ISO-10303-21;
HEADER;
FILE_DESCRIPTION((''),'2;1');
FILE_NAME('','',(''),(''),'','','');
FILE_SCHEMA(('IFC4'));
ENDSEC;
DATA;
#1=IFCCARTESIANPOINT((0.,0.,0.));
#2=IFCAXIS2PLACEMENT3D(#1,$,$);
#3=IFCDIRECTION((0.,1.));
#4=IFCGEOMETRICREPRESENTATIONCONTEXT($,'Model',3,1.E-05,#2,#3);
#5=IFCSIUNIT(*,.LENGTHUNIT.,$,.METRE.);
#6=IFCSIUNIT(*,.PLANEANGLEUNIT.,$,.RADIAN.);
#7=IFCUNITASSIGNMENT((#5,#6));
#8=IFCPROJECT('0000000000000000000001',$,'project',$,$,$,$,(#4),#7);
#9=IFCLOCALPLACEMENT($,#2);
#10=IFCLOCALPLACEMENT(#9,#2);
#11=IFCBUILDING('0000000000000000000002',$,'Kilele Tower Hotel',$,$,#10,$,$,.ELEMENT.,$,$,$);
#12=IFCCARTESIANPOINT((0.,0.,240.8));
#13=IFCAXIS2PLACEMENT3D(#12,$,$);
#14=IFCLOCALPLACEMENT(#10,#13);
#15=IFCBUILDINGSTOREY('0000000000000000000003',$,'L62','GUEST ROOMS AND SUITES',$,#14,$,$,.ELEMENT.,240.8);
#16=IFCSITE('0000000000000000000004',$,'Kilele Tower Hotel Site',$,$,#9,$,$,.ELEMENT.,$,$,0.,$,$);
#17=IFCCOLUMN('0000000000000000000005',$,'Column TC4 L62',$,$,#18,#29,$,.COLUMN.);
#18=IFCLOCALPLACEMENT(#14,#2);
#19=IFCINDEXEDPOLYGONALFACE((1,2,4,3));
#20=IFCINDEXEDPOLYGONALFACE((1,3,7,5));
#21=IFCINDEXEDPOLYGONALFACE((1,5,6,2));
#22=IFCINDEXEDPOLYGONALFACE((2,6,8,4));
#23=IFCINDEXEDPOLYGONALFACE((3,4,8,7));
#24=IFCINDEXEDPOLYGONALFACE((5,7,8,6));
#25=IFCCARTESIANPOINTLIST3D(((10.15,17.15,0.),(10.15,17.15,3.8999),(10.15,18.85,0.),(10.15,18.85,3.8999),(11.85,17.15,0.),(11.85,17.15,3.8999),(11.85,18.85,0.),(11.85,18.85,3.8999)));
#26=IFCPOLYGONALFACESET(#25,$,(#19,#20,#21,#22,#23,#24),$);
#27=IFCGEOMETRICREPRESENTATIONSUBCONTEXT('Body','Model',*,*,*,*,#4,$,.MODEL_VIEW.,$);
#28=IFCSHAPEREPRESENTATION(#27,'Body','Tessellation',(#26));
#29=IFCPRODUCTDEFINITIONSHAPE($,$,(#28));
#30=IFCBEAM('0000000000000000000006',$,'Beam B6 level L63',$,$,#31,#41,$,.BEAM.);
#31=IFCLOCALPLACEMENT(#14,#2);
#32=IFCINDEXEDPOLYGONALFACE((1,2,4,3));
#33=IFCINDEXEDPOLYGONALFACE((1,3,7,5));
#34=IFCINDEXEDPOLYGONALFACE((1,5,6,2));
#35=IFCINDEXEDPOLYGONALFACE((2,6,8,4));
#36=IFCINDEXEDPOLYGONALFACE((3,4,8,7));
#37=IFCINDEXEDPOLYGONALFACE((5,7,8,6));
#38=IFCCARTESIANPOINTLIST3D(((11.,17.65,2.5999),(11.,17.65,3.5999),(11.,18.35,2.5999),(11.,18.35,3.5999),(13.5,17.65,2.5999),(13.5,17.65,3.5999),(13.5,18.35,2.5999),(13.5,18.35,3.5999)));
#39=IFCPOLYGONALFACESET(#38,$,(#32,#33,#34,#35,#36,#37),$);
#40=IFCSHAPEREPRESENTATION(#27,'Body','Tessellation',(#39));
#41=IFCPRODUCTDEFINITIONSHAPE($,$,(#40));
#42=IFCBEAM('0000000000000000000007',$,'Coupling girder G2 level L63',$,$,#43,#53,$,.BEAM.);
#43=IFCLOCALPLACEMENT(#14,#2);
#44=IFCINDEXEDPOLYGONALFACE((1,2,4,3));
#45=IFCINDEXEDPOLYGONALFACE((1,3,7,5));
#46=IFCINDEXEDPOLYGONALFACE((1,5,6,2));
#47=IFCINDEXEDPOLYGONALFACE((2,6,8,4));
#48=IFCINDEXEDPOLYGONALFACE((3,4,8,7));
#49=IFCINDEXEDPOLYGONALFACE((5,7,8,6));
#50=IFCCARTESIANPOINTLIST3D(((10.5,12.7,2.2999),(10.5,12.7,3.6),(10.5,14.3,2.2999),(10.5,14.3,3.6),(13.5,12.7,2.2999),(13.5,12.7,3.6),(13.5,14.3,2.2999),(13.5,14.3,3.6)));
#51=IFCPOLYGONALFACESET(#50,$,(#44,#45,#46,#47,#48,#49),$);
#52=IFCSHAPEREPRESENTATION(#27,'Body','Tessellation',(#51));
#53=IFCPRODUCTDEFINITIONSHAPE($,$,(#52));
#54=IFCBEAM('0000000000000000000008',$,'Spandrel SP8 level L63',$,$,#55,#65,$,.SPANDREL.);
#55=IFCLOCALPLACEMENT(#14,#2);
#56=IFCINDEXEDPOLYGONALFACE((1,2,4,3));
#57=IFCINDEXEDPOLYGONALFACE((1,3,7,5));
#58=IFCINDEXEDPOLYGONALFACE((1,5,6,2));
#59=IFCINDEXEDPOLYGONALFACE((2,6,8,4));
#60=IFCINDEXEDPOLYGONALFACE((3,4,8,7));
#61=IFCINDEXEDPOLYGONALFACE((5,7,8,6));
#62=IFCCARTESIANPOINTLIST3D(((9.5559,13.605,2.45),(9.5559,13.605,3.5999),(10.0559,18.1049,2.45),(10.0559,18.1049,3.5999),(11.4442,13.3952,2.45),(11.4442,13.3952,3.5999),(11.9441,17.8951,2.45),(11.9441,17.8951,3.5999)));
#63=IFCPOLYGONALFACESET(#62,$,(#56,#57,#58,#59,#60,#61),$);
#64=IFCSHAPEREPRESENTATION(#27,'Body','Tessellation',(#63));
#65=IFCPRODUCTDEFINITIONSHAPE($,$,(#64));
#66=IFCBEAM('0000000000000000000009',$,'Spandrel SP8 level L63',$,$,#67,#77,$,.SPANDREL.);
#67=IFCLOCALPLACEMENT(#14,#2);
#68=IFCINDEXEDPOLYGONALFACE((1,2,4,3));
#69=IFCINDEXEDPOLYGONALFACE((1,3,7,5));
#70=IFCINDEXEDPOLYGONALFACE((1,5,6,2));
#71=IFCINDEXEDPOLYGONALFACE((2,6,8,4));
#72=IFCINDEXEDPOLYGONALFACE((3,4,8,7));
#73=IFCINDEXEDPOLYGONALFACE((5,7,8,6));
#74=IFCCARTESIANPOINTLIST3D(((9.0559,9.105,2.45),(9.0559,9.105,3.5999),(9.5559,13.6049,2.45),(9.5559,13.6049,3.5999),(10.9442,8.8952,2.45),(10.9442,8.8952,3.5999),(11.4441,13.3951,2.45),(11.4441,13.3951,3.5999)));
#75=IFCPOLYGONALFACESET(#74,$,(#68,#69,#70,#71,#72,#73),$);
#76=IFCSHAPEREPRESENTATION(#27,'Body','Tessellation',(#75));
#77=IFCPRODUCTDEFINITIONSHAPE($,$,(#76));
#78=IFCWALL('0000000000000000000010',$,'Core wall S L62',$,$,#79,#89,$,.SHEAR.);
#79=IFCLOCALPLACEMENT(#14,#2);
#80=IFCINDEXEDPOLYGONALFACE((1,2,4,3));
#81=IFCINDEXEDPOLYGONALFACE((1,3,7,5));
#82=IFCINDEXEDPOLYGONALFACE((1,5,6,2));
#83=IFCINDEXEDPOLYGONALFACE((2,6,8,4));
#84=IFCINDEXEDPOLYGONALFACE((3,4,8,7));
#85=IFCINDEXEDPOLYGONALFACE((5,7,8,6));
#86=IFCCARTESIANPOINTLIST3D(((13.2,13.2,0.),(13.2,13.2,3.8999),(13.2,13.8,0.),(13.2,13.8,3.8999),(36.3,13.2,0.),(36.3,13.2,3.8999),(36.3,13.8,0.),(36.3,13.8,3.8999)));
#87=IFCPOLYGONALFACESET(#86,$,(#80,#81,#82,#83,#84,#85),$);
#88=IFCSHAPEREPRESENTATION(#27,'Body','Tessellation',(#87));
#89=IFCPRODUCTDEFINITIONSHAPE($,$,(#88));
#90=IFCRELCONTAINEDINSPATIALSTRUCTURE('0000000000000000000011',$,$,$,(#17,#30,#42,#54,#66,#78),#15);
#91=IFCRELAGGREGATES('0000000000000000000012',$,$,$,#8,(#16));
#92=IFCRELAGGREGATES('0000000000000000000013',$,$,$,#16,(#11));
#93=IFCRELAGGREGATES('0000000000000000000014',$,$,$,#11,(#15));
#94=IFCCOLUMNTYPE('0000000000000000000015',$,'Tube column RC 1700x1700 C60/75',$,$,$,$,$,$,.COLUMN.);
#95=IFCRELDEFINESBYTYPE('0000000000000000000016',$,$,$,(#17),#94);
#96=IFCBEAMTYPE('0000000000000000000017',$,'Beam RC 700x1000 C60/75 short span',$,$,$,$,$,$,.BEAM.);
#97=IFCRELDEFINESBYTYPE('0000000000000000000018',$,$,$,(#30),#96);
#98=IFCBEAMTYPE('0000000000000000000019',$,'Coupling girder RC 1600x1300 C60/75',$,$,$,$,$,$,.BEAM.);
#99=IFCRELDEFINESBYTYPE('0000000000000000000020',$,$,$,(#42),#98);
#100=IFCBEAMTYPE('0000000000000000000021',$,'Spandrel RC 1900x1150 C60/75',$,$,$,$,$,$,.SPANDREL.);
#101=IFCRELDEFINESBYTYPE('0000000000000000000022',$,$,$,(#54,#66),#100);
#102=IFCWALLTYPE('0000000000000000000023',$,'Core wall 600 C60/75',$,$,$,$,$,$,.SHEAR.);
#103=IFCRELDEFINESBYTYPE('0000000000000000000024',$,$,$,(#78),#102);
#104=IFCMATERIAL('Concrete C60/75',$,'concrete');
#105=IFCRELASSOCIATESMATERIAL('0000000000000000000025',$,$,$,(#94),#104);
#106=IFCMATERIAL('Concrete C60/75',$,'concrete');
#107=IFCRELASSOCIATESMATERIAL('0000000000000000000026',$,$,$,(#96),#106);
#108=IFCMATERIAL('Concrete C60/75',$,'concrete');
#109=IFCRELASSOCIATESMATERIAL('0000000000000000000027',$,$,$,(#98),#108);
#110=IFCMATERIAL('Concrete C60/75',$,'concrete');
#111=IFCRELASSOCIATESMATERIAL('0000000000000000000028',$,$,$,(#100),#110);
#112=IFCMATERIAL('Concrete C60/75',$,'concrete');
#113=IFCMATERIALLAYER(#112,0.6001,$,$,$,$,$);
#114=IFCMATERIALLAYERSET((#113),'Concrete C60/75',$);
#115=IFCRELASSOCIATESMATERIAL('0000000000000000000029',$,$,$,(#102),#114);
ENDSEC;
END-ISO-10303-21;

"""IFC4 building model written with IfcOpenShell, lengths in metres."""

from ifc_helpers import new_model, si_unit, direction, frame, frame_2d, origin, origin_2d, place, context, subcontext, project, spatial, rectangle, extrude, material, layer, layer_set, material_profile, profile_set, type_object, element, save


model = new_model("IFC4")

# Units and contexts
model_context = context("Model", 3, precision=1e-05, world=origin(), true_north=direction((0.0, 1.0)))
body_context = subcontext(model_context, "Body", "Model", "MODEL_VIEW")
ifc_project = project(units=[si_unit("LENGTHUNIT", "METRE"), si_unit("PLANEANGLEUNIT", "RADIAN")], contexts=[model_context])

# Site, building, storey
site_placement = place(None, origin())
site = spatial("IfcSite", under=ifc_project, at=site_placement, Name="Kilele Tower Hotel Site", CompositionType="ELEMENT", RefElevation=0.0)
building_placement = place(site_placement, origin())
building = spatial("IfcBuilding", under=site, at=building_placement, Name="Kilele Tower Hotel", CompositionType="ELEMENT")
storey_placement = place(building_placement, frame((0.0, 0.0, 240.8)))
storey = spatial("IfcBuildingStorey", under=building, at=storey_placement, Name="L62", Description="GUEST ROOMS AND SUITES", CompositionType="ELEMENT", Elevation=240.8)

# Column
ifc_material_1 = material(Name="Concrete C60/75", Category="concrete")
ifc_material_profile_1 = material_profile(ifc_material_1, rectangle(XDim=1.7, YDim=1.7, at=origin_2d()))
ifc_profile_set_1 = profile_set([ifc_material_profile_1], Name="Concrete C60/75")
column_type = type_object("IfcColumnType", Name="Tube column RC 1700x1700 C60/75", PredefinedType="COLUMN", material=ifc_profile_set_1)
column_placement = place(storey_placement, frame((11.0, 18.0, 0.0), z_axis=(0.0, 0.0, 1.0), x_axis=(1.0, 0.0, 0.0)))
element("IfcColumn", 1, at=column_placement, inside=storey, type_object=column_type, Name="Column TC4 L62", PredefinedType="COLUMN", context=body_context, shape_type="SweptSolid", body=[
    extrude(rectangle(XDim=1.7, YDim=1.7, at=origin_2d()), origin(), (0.0, 0.0, 1.0), 3.8999),
])

# Beams
ifc_material_2 = material(Name="Concrete C60/75", Category="concrete")
ifc_material_profile_2 = material_profile(ifc_material_2, rectangle(XDim=0.7, YDim=1.0, at=origin_2d()))
ifc_profile_set_2 = profile_set([ifc_material_profile_2], Name="Concrete C60/75")
beam_type_1 = type_object("IfcBeamType", Name="Beam RC 700x1000 C60/75 short span", PredefinedType="BEAM", material=ifc_profile_set_2)
beam_1_placement = place(storey_placement, frame((11.0, 18.0, 3.0999), z_axis=(1.0, 0.0, 0.0), x_axis=(0.0, 1.0, 0.0)))
element("IfcBeam", 2, at=beam_1_placement, inside=storey, type_object=beam_type_1, Name="Beam B6 level L63", PredefinedType="BEAM", context=body_context, shape_type="SweptSolid", body=[
    extrude(rectangle(XDim=0.7, YDim=1.0, at=origin_2d()), origin(), (0.0, 0.0, 1.0), 2.5),
])
ifc_material_3 = material(Name="Concrete C60/75", Category="concrete")
ifc_material_profile_3 = material_profile(ifc_material_3, rectangle(XDim=1.6001, YDim=1.3, at=origin_2d()))
ifc_profile_set_3 = profile_set([ifc_material_profile_3], Name="Concrete C60/75")
beam_type_2 = type_object("IfcBeamType", Name="Coupling girder RC 1600x1300 C60/75", PredefinedType="BEAM", material=ifc_profile_set_3)
beam_2_placement = place(storey_placement, frame((10.5, 13.5, 2.95), z_axis=(1.0, 0.0, 0.0), x_axis=(0.0, 1.0, 0.0)))
element("IfcBeam", 3, at=beam_2_placement, inside=storey, type_object=beam_type_2, Name="Coupling girder G2 level L63", PredefinedType="BEAM", context=body_context, shape_type="SweptSolid", body=[
    extrude(rectangle(XDim=1.6001, YDim=1.3, at=origin_2d()), origin(), (0.0, 0.0, 1.0), 3.0),
])
ifc_material_4 = material(Name="Concrete C60/75", Category="concrete")
ifc_material_profile_4 = material_profile(ifc_material_4, rectangle(XDim=1.8999, YDim=1.1499, at=origin_2d()))
ifc_profile_set_4 = profile_set([ifc_material_profile_4], Name="Concrete C60/75")
beam_type_3 = type_object("IfcBeamType", Name="Spandrel RC 1900x1150 C60/75", PredefinedType="SPANDREL", material=ifc_profile_set_4)
for number, where, z_axis, x_axis, name in (
    (4, (11.0, 18.0, 3.0249), (-0.110432, -0.993884, 0.0), (0.993884, -0.110432, 0.0), "Spandrel SP8 level L63"),
    (5, (10.5, 13.5, 3.0249), (-0.110432, -0.993884, 0.0), (0.993884, -0.110432, 0.0), "Spandrel SP8 level L63"),
):
    element("IfcBeam", number, at=place(storey_placement, frame(where, z_axis=z_axis, x_axis=x_axis)), inside=storey, type_object=beam_type_3, Name=name, PredefinedType="SPANDREL", context=body_context, shape_type="SweptSolid", body=[
        extrude(rectangle(XDim=1.8999, YDim=1.1499, at=origin_2d()), origin(), (0.0, 0.0, 1.0), 4.5276),
    ])

# Wall
ifc_material_5 = material(Name="Concrete C60/75", Category="concrete")
ifc_layer = layer(ifc_material_5, 0.6001)
ifc_layer_set = layer_set([ifc_layer], Name="Concrete C60/75")
wall_type = type_object("IfcWallType", Name="Core wall 600 C60/75", PredefinedType="SHEAR", material=ifc_layer_set)
wall_placement = place(storey_placement, frame((13.2, 13.5, 0.0), z_axis=(0.0, 0.0, 1.0), x_axis=(1.0, 0.0, 0.0)))
element("IfcWall", 6, at=wall_placement, inside=storey, type_object=wall_type, Name="Core wall S L62", PredefinedType="SHEAR", context=body_context, shape_type="SweptSolid", body=[
    extrude(rectangle(XDim=23.1001, YDim=0.6001, at=frame_2d((11.55, 0.0))), origin(), (0.0, 0.0, 1.0), 3.8999),
])

save(model, "model.ifc")
